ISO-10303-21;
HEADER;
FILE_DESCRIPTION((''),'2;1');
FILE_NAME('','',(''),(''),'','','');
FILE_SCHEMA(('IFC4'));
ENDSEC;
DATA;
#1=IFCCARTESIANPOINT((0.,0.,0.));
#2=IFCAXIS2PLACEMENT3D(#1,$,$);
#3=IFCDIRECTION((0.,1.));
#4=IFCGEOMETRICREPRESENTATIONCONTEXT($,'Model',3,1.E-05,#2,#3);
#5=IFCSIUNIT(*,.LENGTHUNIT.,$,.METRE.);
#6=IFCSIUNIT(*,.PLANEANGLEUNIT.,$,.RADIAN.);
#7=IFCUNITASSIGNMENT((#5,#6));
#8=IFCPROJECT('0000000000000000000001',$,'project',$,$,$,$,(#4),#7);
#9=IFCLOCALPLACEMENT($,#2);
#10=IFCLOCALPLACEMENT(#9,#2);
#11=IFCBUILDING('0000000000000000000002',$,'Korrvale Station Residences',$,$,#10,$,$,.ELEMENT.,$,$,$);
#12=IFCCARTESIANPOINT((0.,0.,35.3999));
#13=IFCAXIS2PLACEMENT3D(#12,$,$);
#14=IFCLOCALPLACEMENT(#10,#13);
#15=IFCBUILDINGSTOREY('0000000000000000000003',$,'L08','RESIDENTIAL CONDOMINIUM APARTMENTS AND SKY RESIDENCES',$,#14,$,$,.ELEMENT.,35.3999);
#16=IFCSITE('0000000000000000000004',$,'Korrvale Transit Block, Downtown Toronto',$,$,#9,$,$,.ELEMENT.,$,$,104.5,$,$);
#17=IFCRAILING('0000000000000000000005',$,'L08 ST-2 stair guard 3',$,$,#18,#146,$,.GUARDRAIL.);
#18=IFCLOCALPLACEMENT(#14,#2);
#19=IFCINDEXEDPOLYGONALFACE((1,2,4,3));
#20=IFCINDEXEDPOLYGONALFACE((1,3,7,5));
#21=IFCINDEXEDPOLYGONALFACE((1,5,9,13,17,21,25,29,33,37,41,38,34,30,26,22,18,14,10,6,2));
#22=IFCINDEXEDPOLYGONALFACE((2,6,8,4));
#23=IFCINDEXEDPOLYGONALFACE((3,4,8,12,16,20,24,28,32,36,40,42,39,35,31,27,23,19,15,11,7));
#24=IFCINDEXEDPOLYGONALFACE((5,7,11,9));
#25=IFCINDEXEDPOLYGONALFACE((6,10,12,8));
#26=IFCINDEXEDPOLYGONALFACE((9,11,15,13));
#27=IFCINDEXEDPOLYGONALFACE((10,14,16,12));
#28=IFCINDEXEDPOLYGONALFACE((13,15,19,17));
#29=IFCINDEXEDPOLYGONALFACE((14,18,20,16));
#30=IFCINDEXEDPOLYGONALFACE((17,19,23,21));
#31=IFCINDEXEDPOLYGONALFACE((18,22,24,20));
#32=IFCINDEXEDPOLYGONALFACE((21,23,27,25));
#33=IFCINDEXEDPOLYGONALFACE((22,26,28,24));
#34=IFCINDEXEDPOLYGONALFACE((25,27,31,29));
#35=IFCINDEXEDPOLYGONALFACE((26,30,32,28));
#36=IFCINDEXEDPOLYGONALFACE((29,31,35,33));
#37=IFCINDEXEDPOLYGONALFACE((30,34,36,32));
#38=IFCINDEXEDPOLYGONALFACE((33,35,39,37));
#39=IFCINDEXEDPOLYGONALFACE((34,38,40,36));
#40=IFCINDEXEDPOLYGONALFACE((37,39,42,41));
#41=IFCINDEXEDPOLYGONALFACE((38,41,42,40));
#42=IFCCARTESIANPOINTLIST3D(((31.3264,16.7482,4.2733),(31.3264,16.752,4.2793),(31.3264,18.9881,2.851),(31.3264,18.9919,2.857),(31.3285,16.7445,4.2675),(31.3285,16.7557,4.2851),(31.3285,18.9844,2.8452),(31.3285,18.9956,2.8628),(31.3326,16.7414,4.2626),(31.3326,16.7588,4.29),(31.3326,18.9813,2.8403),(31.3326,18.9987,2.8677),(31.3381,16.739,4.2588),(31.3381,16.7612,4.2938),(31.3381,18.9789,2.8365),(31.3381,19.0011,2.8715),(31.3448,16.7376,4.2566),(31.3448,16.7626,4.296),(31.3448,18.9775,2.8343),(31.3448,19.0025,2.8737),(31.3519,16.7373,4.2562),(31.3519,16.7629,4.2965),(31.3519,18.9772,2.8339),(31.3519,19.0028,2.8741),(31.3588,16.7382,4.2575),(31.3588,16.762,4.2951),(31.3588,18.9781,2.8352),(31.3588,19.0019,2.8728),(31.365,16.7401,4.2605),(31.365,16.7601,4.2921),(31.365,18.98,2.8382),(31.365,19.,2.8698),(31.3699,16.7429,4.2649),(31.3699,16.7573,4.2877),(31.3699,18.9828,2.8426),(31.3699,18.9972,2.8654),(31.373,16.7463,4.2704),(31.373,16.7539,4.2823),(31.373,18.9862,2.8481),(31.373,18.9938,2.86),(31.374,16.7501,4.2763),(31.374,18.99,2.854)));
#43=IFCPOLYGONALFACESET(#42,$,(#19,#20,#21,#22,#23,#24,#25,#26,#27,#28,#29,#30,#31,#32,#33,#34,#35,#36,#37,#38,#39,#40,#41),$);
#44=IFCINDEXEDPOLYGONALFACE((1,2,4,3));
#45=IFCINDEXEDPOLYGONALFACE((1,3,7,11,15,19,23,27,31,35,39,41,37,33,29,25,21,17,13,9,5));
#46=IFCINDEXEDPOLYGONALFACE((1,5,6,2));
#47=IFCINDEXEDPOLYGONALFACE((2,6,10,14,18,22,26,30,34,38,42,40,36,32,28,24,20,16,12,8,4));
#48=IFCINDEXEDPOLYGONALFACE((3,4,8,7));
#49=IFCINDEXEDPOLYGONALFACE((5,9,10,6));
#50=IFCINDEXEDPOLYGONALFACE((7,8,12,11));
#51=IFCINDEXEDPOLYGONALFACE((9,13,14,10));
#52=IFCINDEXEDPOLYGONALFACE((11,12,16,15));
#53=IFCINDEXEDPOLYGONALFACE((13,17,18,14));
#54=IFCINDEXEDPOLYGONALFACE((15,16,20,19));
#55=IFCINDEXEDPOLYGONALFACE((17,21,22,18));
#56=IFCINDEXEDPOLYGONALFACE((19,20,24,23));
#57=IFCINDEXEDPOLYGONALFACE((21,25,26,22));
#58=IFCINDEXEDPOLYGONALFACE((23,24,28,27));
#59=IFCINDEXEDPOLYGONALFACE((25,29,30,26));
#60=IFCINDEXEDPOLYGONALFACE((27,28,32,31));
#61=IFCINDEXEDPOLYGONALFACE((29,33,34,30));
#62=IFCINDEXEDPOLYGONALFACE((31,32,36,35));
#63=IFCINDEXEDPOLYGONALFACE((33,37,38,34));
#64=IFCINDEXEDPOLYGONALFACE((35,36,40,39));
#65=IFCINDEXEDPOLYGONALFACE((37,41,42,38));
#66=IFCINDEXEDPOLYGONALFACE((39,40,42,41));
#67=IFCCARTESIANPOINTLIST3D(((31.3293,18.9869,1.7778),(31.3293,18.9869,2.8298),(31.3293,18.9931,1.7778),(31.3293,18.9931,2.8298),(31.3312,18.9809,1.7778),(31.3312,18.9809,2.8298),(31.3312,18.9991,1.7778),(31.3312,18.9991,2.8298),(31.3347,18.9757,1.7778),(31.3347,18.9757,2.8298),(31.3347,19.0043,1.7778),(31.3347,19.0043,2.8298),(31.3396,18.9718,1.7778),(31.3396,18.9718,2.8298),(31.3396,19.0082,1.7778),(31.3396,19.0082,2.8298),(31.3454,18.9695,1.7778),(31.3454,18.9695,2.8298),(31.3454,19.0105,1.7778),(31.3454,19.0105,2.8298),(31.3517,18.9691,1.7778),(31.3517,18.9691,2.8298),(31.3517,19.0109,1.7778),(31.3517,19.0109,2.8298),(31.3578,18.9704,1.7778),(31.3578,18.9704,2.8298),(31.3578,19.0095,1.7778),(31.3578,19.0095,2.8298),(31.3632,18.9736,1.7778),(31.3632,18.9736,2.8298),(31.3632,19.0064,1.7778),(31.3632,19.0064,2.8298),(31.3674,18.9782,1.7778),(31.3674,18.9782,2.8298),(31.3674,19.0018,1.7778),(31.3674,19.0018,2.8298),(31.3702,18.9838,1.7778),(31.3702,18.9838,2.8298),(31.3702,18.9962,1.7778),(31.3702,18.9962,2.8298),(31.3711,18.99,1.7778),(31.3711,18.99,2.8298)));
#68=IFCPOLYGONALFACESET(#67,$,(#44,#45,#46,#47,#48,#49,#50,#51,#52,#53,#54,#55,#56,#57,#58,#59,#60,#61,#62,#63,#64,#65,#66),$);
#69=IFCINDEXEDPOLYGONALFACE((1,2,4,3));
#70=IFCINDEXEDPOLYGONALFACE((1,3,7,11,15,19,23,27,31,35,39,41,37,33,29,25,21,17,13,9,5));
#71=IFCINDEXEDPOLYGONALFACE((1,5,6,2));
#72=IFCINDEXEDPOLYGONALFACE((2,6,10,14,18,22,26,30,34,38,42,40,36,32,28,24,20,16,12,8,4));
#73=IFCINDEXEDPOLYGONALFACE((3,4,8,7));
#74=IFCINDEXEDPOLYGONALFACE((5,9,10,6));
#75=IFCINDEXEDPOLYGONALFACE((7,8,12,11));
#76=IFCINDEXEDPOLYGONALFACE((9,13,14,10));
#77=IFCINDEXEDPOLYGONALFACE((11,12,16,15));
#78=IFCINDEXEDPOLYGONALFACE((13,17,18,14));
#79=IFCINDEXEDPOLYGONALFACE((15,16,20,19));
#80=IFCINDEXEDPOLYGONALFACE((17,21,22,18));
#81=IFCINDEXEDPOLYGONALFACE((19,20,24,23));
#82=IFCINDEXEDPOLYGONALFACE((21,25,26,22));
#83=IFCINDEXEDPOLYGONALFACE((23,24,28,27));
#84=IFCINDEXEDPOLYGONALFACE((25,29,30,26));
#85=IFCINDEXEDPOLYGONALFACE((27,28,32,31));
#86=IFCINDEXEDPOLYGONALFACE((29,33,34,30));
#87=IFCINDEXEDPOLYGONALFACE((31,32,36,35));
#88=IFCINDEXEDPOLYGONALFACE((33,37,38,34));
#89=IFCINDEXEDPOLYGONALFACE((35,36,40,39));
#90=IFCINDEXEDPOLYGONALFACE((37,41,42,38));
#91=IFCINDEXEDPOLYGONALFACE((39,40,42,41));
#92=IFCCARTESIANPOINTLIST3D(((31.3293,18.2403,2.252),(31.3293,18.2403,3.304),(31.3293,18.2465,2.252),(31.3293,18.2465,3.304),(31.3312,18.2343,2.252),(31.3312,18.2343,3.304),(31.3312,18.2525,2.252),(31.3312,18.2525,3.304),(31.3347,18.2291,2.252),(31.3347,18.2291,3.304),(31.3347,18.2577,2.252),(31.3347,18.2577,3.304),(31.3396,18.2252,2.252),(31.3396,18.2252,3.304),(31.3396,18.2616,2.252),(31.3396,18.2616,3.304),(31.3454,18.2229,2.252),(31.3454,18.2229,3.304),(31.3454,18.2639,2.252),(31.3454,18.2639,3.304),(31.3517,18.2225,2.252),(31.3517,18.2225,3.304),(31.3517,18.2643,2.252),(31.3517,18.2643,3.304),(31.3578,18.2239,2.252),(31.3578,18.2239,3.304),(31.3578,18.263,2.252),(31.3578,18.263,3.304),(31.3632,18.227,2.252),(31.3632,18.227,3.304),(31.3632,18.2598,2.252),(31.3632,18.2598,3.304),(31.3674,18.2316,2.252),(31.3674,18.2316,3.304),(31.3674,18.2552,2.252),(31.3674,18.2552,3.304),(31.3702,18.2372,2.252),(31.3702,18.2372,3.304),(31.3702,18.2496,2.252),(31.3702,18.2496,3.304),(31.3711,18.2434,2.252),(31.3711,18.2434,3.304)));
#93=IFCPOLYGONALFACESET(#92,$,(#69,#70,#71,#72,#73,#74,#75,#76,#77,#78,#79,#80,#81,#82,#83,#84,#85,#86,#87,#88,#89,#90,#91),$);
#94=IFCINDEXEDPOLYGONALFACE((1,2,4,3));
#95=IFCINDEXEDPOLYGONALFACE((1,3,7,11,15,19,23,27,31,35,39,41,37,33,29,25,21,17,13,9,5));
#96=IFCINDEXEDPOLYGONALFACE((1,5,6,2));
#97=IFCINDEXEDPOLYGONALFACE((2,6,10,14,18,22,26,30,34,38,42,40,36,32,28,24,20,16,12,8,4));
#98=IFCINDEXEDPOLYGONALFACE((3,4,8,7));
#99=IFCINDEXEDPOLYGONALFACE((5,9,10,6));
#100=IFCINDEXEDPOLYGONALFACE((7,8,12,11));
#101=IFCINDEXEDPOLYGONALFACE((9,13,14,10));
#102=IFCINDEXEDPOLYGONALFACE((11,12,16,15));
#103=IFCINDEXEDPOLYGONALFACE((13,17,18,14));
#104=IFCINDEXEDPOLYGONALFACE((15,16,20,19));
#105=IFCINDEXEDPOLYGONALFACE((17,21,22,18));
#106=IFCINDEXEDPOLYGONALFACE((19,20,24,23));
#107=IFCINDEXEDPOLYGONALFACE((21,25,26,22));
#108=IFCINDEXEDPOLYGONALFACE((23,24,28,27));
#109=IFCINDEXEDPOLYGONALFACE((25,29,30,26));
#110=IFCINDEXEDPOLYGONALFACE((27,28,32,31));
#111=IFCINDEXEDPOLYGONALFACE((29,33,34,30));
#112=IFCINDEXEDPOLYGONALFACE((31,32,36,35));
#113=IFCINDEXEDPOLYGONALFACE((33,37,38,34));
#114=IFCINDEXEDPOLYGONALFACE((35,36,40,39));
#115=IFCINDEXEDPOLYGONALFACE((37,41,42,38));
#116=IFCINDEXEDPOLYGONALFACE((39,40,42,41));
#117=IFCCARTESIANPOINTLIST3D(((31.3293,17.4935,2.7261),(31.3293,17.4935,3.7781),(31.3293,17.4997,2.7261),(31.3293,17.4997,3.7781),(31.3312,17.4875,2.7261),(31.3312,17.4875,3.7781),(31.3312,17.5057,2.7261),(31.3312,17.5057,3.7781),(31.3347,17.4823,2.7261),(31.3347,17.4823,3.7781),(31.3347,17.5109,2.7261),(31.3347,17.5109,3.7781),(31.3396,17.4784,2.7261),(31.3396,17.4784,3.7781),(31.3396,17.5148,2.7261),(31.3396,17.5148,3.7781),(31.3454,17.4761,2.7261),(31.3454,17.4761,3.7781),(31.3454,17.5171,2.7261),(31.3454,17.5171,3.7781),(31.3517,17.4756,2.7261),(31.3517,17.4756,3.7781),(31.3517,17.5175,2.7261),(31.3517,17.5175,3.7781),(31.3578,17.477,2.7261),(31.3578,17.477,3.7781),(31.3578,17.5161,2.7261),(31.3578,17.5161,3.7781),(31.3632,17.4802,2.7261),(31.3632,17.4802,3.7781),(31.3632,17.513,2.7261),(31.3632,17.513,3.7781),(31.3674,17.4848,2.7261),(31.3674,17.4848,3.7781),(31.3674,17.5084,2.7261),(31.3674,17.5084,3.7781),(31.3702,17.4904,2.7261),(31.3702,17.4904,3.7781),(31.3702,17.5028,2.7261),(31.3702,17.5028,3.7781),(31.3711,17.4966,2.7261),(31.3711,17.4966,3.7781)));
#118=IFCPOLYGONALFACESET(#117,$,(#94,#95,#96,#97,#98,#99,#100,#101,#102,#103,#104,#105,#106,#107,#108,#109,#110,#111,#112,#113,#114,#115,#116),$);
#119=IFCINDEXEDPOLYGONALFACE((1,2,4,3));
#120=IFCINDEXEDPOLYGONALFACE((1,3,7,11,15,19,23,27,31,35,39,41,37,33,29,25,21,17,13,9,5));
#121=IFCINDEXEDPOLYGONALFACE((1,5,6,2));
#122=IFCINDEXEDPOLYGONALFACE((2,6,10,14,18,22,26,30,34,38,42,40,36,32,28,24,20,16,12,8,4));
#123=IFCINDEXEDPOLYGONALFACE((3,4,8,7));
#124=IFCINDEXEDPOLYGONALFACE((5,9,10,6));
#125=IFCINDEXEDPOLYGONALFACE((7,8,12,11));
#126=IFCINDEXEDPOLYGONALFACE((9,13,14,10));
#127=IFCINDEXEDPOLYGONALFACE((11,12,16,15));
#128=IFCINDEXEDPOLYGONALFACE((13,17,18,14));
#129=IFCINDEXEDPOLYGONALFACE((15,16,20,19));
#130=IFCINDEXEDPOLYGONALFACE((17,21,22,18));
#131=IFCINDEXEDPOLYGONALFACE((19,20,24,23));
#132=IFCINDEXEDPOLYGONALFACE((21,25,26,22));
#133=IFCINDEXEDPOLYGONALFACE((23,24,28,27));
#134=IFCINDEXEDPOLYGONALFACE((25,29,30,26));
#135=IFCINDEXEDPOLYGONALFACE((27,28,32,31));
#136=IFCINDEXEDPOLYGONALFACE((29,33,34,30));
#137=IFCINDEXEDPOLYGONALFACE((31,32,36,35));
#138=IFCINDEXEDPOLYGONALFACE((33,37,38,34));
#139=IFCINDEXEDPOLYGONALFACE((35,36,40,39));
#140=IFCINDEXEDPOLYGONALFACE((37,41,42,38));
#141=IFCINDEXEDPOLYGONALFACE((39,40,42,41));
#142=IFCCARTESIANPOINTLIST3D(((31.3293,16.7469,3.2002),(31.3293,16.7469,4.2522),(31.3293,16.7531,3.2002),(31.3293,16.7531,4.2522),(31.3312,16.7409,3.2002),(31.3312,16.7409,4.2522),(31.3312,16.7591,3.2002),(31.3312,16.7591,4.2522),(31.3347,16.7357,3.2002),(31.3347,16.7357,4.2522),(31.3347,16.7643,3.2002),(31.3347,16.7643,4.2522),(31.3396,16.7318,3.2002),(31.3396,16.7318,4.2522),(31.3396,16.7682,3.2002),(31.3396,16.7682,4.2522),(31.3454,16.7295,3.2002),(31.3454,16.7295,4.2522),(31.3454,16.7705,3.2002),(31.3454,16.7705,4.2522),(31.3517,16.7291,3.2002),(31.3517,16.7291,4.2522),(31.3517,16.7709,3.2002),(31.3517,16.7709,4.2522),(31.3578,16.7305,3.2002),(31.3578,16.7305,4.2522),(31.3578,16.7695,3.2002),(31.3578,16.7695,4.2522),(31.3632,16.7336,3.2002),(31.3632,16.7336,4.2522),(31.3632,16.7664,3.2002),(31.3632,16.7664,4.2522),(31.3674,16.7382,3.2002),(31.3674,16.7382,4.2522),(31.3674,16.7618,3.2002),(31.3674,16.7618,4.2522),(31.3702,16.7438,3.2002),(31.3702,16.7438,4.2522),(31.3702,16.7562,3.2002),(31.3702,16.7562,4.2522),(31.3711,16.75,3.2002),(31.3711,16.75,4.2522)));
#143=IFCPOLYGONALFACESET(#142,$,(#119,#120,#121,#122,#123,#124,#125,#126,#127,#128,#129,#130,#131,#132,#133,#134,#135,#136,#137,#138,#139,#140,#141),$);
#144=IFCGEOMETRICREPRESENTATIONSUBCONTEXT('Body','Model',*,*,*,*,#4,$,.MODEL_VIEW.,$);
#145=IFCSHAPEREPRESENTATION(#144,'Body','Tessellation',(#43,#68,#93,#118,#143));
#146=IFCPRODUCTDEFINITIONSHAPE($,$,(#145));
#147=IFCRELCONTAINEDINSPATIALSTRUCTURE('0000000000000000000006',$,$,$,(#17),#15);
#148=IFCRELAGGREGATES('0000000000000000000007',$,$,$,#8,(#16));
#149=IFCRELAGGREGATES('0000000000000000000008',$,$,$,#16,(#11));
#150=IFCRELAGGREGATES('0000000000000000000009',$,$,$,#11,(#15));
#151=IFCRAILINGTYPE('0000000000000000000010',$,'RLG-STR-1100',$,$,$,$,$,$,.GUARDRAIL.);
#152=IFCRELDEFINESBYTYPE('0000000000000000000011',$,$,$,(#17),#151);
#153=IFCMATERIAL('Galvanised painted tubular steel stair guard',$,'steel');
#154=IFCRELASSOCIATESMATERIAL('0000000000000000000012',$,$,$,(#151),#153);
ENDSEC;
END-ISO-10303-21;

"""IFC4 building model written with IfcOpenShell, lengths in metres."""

from ifc_helpers import new_model, si_unit, direction, frame, origin, origin_2d, place, context, subcontext, project, spatial, circle, extrude, material, type_object, element, save


model = new_model("IFC4")

# Units and contexts
model_context = context("Model", 3, precision=1e-05, world=origin(), true_north=direction((0.0, 1.0)))
body_context = subcontext(model_context, "Body", "Model", "MODEL_VIEW")
ifc_project = project(units=[si_unit("LENGTHUNIT", "METRE"), si_unit("PLANEANGLEUNIT", "RADIAN")], contexts=[model_context])

# Site, building, storey
site_placement = place(None, origin())
site = spatial("IfcSite", under=ifc_project, at=site_placement, Name="Korrvale Transit Block, Downtown Toronto", CompositionType="ELEMENT", RefElevation=104.5)
building_placement = place(site_placement, origin())
building = spatial("IfcBuilding", under=site, at=building_placement, Name="Korrvale Station Residences", CompositionType="ELEMENT")
storey_placement = place(building_placement, frame((0.0, 0.0, 35.3999)))
storey = spatial("IfcBuildingStorey", under=building, at=storey_placement, Name="L08", Description="RESIDENTIAL CONDOMINIUM APARTMENTS AND SKY RESIDENCES", CompositionType="ELEMENT", Elevation=35.3999)

# Railing
ifc_material_1 = material(Name="Galvanised painted tubular steel stair guard", Category="steel")
railing_type_1 = type_object("IfcRailingType", Name="RLG-STR-1100", PredefinedType="GUARDRAIL", material=ifc_material_1)
railing_1_placement = place(storey_placement, frame((31.3501, 18.99, 1.7778)))
element("IfcRailing", 1, at=railing_1_placement, inside=storey, type_object=railing_type_1, Name="L08 ST-2 stair guard 3", PredefinedType="GUARDRAIL", context=body_context, shape_type="SweptSolid", body=[
    extrude(circle(Radius=0.0239, at=origin_2d()), frame((0.0, 0.0, 1.0762), z_axis=(0.0, -0.844188, 0.536048), x_axis=(1.0, 0.0, 0.0)), (0.0, 0.0, 1.0), 2.6533),
    extrude(circle(Radius=0.021, at=origin_2d()), origin(), (0.0, 0.0, 1.0), 1.052),
    extrude(circle(Radius=0.021, at=origin_2d()), frame((0.0, -0.7466, 0.4741)), (0.0, 0.0, 1.0), 1.052),
    extrude(circle(Radius=0.021, at=origin_2d()), frame((0.0, -1.4934, 0.9482)), (0.0, 0.0, 1.0), 1.052),
    extrude(circle(Radius=0.021, at=origin_2d()), frame((0.0, -2.24, 1.4224)), (0.0, 0.0, 1.0), 1.052),
])

save(model, "model.ifc")
